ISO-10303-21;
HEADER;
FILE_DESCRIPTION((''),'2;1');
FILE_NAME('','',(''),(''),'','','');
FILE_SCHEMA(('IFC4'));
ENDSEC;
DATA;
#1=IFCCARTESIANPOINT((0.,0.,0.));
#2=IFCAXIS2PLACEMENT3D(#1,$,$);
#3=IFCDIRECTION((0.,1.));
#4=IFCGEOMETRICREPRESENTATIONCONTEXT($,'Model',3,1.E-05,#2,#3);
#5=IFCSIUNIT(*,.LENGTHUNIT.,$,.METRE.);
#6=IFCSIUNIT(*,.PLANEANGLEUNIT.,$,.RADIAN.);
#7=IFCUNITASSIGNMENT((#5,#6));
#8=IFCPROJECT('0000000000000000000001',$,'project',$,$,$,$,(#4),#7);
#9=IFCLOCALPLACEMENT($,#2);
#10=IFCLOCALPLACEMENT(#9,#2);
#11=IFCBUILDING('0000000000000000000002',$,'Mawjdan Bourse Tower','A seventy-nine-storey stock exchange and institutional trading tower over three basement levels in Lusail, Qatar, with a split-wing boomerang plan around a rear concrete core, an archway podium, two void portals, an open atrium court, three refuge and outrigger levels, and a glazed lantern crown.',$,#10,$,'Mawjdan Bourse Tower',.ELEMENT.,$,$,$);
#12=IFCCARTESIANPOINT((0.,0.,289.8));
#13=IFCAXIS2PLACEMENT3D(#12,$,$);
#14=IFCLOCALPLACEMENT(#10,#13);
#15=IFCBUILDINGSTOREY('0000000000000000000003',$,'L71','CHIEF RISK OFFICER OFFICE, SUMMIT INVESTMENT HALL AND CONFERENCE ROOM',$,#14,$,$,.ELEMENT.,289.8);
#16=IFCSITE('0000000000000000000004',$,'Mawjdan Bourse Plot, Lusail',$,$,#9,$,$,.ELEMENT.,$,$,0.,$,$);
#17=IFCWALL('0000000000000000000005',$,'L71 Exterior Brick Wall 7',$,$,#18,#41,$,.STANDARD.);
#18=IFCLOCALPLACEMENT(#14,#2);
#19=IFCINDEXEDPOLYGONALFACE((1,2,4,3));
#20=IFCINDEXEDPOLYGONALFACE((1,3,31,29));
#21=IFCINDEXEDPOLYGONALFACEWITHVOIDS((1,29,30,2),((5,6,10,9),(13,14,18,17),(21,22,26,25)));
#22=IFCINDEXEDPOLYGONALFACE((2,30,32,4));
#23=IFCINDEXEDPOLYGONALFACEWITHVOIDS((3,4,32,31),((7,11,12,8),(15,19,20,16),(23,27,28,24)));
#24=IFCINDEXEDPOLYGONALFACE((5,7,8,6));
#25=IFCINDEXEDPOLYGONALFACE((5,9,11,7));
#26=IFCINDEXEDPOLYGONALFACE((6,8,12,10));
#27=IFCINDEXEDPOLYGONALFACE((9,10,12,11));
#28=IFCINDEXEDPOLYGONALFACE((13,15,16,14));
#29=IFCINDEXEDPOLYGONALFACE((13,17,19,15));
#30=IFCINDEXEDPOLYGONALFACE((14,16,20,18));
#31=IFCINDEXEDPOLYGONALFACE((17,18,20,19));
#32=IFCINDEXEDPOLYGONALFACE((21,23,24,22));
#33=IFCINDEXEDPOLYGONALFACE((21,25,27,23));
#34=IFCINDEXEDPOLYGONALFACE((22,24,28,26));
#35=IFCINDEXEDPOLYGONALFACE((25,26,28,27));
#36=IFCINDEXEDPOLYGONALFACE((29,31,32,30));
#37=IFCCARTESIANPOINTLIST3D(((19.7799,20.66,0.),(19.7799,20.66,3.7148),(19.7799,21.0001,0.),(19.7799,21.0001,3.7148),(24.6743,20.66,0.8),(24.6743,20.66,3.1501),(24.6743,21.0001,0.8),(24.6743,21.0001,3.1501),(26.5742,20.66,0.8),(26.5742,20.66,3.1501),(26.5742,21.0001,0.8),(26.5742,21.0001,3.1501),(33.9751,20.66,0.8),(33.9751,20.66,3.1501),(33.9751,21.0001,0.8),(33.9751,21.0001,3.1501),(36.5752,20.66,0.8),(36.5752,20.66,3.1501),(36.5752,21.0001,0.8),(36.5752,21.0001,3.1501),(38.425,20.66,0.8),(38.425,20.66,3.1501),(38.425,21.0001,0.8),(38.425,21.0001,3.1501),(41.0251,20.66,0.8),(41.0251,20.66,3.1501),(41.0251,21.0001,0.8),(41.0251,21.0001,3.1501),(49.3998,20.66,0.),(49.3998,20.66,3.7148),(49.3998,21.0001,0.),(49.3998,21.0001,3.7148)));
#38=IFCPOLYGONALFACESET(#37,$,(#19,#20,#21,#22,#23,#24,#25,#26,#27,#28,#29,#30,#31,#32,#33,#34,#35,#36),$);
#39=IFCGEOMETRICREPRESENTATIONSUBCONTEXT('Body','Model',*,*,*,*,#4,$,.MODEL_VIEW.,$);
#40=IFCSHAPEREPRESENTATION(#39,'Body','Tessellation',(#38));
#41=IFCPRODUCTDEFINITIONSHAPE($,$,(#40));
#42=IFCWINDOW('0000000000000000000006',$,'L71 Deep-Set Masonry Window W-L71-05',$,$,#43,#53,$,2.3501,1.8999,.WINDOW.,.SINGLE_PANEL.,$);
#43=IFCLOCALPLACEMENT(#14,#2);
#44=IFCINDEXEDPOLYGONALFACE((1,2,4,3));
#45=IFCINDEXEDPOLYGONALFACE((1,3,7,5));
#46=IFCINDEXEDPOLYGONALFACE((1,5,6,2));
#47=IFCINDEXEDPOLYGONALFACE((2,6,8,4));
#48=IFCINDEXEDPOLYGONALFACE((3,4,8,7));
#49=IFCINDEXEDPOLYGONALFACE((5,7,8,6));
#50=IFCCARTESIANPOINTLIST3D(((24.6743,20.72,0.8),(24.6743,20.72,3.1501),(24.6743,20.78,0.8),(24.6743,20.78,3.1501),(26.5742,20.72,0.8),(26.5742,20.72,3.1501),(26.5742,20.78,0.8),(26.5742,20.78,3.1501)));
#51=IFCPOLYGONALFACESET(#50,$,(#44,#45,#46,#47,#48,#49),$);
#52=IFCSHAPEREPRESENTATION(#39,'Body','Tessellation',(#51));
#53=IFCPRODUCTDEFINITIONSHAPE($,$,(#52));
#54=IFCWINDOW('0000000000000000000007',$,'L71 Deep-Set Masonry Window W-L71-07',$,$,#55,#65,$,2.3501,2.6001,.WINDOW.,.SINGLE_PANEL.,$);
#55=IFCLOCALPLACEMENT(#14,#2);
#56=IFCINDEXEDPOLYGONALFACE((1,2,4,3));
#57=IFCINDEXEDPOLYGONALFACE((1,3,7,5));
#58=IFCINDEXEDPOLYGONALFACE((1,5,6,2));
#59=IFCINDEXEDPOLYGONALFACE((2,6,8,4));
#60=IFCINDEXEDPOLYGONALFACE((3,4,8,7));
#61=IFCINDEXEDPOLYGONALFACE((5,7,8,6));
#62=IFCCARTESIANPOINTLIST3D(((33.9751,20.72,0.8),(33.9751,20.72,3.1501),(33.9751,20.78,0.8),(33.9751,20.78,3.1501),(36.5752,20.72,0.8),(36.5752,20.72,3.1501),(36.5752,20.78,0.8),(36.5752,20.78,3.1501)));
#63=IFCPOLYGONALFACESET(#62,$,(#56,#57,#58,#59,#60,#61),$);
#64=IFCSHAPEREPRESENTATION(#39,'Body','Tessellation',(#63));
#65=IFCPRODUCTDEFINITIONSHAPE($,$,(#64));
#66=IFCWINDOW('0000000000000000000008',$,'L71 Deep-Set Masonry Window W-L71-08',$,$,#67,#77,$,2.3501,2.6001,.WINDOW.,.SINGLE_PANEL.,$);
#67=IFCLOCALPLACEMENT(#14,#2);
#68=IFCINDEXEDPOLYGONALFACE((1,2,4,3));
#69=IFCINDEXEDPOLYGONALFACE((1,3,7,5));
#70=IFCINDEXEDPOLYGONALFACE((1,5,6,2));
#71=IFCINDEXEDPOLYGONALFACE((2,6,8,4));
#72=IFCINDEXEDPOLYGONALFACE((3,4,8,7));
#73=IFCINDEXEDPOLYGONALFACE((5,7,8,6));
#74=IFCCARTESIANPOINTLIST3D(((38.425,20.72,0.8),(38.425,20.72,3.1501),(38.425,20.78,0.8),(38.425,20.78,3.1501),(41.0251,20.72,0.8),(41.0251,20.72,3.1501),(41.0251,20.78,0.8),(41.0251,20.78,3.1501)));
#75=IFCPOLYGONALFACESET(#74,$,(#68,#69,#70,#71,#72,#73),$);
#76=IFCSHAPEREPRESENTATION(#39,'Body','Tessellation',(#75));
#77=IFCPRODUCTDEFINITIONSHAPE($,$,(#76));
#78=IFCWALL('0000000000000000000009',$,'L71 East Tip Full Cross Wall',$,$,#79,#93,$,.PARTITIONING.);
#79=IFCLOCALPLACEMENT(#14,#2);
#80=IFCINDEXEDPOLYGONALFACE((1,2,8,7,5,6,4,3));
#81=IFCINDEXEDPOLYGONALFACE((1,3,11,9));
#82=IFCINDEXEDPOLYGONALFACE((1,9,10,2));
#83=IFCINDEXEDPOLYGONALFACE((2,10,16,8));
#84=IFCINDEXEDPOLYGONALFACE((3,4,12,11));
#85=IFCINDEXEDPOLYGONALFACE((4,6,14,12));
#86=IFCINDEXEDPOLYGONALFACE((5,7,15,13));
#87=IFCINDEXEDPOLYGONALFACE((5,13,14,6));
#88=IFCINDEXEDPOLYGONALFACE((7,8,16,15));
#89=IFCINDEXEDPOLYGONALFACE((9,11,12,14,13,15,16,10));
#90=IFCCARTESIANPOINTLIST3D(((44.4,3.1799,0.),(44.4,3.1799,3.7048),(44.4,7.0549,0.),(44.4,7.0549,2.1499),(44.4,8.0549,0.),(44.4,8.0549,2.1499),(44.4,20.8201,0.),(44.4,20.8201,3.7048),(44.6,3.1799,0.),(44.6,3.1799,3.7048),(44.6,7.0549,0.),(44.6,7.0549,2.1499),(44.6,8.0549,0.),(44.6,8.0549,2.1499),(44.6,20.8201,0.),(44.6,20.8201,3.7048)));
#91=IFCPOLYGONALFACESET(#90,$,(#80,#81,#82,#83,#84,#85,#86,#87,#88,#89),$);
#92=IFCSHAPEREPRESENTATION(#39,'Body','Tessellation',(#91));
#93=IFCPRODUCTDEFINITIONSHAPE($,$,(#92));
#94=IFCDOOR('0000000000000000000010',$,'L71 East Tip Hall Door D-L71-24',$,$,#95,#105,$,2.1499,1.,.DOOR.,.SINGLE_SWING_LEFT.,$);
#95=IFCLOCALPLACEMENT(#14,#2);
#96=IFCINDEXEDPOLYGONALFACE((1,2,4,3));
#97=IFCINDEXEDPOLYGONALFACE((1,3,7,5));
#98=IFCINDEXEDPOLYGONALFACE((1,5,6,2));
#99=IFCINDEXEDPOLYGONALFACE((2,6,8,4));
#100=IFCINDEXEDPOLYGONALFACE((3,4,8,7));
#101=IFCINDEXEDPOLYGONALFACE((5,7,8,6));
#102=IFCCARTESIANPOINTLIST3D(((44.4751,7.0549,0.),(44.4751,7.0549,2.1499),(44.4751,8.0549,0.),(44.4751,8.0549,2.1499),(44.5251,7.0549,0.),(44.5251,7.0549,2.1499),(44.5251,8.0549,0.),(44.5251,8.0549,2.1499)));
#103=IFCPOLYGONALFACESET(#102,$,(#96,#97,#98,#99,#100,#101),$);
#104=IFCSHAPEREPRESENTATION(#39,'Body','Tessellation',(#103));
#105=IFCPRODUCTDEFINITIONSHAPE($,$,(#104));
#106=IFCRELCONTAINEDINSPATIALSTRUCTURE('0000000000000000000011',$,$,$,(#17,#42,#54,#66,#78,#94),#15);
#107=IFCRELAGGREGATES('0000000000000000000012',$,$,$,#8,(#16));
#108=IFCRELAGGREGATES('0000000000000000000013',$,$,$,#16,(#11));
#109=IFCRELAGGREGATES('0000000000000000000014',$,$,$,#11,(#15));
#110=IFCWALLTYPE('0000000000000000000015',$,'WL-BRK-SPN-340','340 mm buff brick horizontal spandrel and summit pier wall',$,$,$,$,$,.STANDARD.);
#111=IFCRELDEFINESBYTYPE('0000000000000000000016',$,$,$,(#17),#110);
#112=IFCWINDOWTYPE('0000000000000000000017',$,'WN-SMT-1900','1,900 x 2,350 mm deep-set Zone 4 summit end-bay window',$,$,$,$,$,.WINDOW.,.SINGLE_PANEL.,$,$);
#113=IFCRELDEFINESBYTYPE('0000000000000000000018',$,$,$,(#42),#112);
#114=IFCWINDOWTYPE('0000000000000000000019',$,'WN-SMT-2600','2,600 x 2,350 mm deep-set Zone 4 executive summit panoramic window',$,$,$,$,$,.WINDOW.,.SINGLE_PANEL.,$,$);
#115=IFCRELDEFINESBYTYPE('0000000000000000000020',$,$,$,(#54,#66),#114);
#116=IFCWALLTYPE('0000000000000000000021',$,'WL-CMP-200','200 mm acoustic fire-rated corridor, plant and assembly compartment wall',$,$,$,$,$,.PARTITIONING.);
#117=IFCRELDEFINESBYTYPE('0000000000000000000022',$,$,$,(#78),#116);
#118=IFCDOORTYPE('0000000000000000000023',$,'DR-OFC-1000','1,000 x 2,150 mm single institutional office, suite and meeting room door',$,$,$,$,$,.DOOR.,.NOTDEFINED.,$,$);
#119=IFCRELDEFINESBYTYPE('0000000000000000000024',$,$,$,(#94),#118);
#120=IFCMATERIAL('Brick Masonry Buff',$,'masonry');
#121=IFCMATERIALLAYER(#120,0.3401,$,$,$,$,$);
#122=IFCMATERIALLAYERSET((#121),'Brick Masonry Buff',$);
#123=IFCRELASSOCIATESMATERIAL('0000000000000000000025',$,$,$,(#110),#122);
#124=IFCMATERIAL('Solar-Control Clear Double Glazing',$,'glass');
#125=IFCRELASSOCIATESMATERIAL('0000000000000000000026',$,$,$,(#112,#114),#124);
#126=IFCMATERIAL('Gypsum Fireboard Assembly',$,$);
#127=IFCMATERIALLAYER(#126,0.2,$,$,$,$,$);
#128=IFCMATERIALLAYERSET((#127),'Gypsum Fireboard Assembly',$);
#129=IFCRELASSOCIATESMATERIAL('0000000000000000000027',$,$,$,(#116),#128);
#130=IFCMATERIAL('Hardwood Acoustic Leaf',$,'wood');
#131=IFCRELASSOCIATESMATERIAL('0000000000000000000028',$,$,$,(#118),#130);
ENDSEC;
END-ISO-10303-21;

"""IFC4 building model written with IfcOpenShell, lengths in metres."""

from ifc_helpers import new_model, si_unit, direction, frame, frame_2d, origin, place, context, subcontext, project, spatial, rectangle, extrude, material, layer, layer_set, type_object, element, fill, save


model = new_model("IFC4")

# Units and contexts
model_context = context("Model", 3, precision=1e-05, world=origin(), true_north=direction((0.0, 1.0)))
body_context = subcontext(model_context, "Body", "Model", "MODEL_VIEW")
ifc_project = project(units=[si_unit("LENGTHUNIT", "METRE"), si_unit("PLANEANGLEUNIT", "RADIAN")], contexts=[model_context])

# Site, building, storey
site_placement = place(None, origin())
site = spatial("IfcSite", under=ifc_project, at=site_placement, Name="Mawjdan Bourse Plot, Lusail", CompositionType="ELEMENT", RefElevation=0.0)
building_placement = place(site_placement, origin())
building = spatial("IfcBuilding", under=site, at=building_placement, Name="Mawjdan Bourse Tower", Description="A seventy-nine-storey stock exchange and institutional trading tower over three basement levels in Lusail, Qatar, with a split-wing boomerang plan around a rear concrete core, an archway podium, two void portals, an open atrium court, three refuge and outrigger levels, and a glazed lantern crown.", LongName="Mawjdan Bourse Tower", CompositionType="ELEMENT")
storey_placement = place(building_placement, frame((0.0, 0.0, 289.8)))
storey = spatial("IfcBuildingStorey", under=building, at=storey_placement, Name="L71", Description="CHIEF RISK OFFICER OFFICE, SUMMIT INVESTMENT HALL AND CONFERENCE ROOM", CompositionType="ELEMENT", Elevation=289.8)

# Shared definitions
ifc_material_1 = material(Name="Brick Masonry Buff", Category="masonry")
ifc_layer_1 = layer(ifc_material_1, 0.3401)
ifc_layer_set_1 = layer_set([ifc_layer_1], Name="Brick Masonry Buff")
wall_type_1 = type_object("IfcWallType", Name="WL-BRK-SPN-340", Description="340 mm buff brick horizontal spandrel and summit pier wall", PredefinedType="STANDARD", material=ifc_layer_set_1)

# Shared definitions
ifc_material_2 = material(Name="Solar-Control Clear Double Glazing", Category="glass")
window_type_1 = type_object("IfcWindowType", Name="WN-SMT-1900", Description="1,900 x 2,350 mm deep-set Zone 4 summit end-bay window", PartitioningType="SINGLE_PANEL", PredefinedType="WINDOW", material=ifc_material_2)

# Wall, openings, windows
wall_1_placement = place(storey_placement, frame((49.3999, 20.8301, 0.0), z_axis=(0.0, 0.0, 1.0), x_axis=(-1.0, 0.0, 0.0)))
wall_1 = element("IfcWall", 1, at=wall_1_placement, inside=storey, type_object=wall_type_1, Name="L71 Exterior Brick Wall 7", PredefinedType="STANDARD", context=body_context, shape_type="SweptSolid", body=[
    extrude(rectangle(XDim=29.6199, YDim=0.3401, at=frame_2d((14.8101, 0.0))), origin(), (0.0, 0.0, 1.0), 3.7148),
])
opening_1_placement = place(wall_1_placement, frame((22.8257, 0.0, 0.8)))
opening_1 = element("IfcOpeningElement", 2, at=opening_1_placement, cuts=wall_1, PredefinedType="OPENING", context=body_context, shape_type="SweptSolid", body=[
    extrude(rectangle(XDim=1.8999, YDim=2.3501, at=frame_2d((0.95, 1.175))), frame((0.0, 0.1802, 0.0), z_axis=(0.0, -1.0, 0.0), x_axis=(1.0, 0.0, 0.0)), (0.0, 0.0, 1.0), 0.3601),
])
opening_2_placement = place(wall_1_placement, frame((12.8247, 0.0, 0.8)))
opening_2 = element("IfcOpeningElement", 3, at=opening_2_placement, cuts=wall_1, PredefinedType="OPENING", context=body_context, shape_type="SweptSolid", body=[
    extrude(rectangle(XDim=2.6001, YDim=2.3501, at=frame_2d((1.3, 1.175))), frame((0.0, 0.1802, 0.0), z_axis=(0.0, -1.0, 0.0), x_axis=(1.0, 0.0, 0.0)), (0.0, 0.0, 1.0), 0.3601),
])
opening_3_placement = place(wall_1_placement, frame((8.3748, 0.0, 0.8)))
opening_3 = element("IfcOpeningElement", 4, at=opening_3_placement, cuts=wall_1, PredefinedType="OPENING", context=body_context, shape_type="SweptSolid", body=[
    extrude(rectangle(XDim=2.6001, YDim=2.3501, at=frame_2d((1.3, 1.175))), frame((0.0, 0.1802, 0.0), z_axis=(0.0, -1.0, 0.0), x_axis=(1.0, 0.0, 0.0)), (0.0, 0.0, 1.0), 0.3601),
])
window_1_placement = place(opening_1_placement, origin())
window_1 = element("IfcWindow", 5, at=window_1_placement, inside=storey, type_object=window_type_1, Name="L71 Deep-Set Masonry Window W-L71-05", OverallHeight=2.3501, OverallWidth=1.8999, PartitioningType="SINGLE_PANEL", PredefinedType="WINDOW", context=body_context, shape_type="SweptSolid", body=[
    extrude(rectangle(XDim=1.8999, YDim=2.3501, at=frame_2d((0.95, 1.175))), frame((0.0, 0.1101, 0.0), z_axis=(0.0, -1.0, 0.0), x_axis=(1.0, 0.0, 0.0)), (0.0, 0.0, 1.0), 0.0601),
])
fill(opening_1, window_1)
window_type_2 = type_object("IfcWindowType", Name="WN-SMT-2600", Description="2,600 x 2,350 mm deep-set Zone 4 executive summit panoramic window", PartitioningType="SINGLE_PANEL", PredefinedType="WINDOW", material=ifc_material_2)
window_2_placement = place(opening_2_placement, origin())
window_2 = element("IfcWindow", 6, at=window_2_placement, inside=storey, type_object=window_type_2, Name="L71 Deep-Set Masonry Window W-L71-07", OverallHeight=2.3501, OverallWidth=2.6001, PartitioningType="SINGLE_PANEL", PredefinedType="WINDOW", context=body_context, shape_type="SweptSolid", body=[
    extrude(rectangle(XDim=2.6001, YDim=2.3501, at=frame_2d((1.3, 1.175))), frame((0.0, 0.1101, 0.0), z_axis=(0.0, -1.0, 0.0), x_axis=(1.0, 0.0, 0.0)), (0.0, 0.0, 1.0), 0.0601),
])
fill(opening_2, window_2)
window_3_placement = place(opening_3_placement, origin())
window_3 = element("IfcWindow", 7, at=window_3_placement, inside=storey, type_object=window_type_2, Name="L71 Deep-Set Masonry Window W-L71-08", OverallHeight=2.3501, OverallWidth=2.6001, PartitioningType="SINGLE_PANEL", PredefinedType="WINDOW", context=body_context, shape_type="SweptSolid", body=[
    extrude(rectangle(XDim=2.6001, YDim=2.3501, at=frame_2d((1.3, 1.175))), frame((0.0, 0.1101, 0.0), z_axis=(0.0, -1.0, 0.0), x_axis=(1.0, 0.0, 0.0)), (0.0, 0.0, 1.0), 0.0601),
])
fill(opening_3, window_3)

# Wall, opening, door
ifc_material_3 = material(Name="Gypsum Fireboard Assembly")
ifc_layer_2 = layer(ifc_material_3, 0.2)
ifc_layer_set_2 = layer_set([ifc_layer_2], Name="Gypsum Fireboard Assembly")
wall_type_2 = type_object("IfcWallType", Name="WL-CMP-200", Description="200 mm acoustic fire-rated corridor, plant and assembly compartment wall", PredefinedType="PARTITIONING", material=ifc_layer_set_2)
wall_2_placement = place(storey_placement, frame((44.5, 3.1799, 0.0), z_axis=(0.0, 0.0, 1.0), x_axis=(0.0, 1.0, 0.0)))
wall_2 = element("IfcWall", 8, at=wall_2_placement, inside=storey, type_object=wall_type_2, Name="L71 East Tip Full Cross Wall", PredefinedType="PARTITIONING", context=body_context, shape_type="SweptSolid", body=[
    extrude(rectangle(XDim=17.6401, YDim=0.2, at=frame_2d((8.8201, 0.0))), origin(), (0.0, 0.0, 1.0), 3.7048),
])
opening_4_placement = place(wall_2_placement, frame((3.875, 0.0, 0.0)))
opening_4 = element("IfcOpeningElement", 9, at=opening_4_placement, cuts=wall_2, PredefinedType="OPENING", context=body_context, shape_type="SweptSolid", body=[
    extrude(rectangle(XDim=1.0, YDim=2.1499, at=frame_2d((0.5, 1.075))), frame((0.0, 0.1099, 0.0), z_axis=(0.0, -1.0, 0.0), x_axis=(1.0, 0.0, 0.0)), (0.0, 0.0, 1.0), 0.22),
])
ifc_material_4 = material(Name="Hardwood Acoustic Leaf", Category="wood")
door_type = type_object("IfcDoorType", Name="DR-OFC-1000", Description="1,000 x 2,150 mm single institutional office, suite and meeting room door", OperationType="NOTDEFINED", PredefinedType="DOOR", material=ifc_material_4)
door_placement = place(opening_4_placement, origin())
door = element("IfcDoor", 10, at=door_placement, inside=storey, type_object=door_type, Name="L71 East Tip Hall Door D-L71-24", OperationType="SINGLE_SWING_LEFT", OverallHeight=2.1499, OverallWidth=1.0, PredefinedType="DOOR", context=body_context, shape_type="SweptSolid", body=[
    extrude(rectangle(XDim=1.0, YDim=2.1499, at=frame_2d((0.5, 1.075))), frame((0.0, 0.0249, 0.0), z_axis=(0.0, -1.0, 0.0), x_axis=(1.0, 0.0, 0.0)), (0.0, 0.0, 1.0), 0.05),
])
fill(opening_4, door)

save(model, "model.ifc")
